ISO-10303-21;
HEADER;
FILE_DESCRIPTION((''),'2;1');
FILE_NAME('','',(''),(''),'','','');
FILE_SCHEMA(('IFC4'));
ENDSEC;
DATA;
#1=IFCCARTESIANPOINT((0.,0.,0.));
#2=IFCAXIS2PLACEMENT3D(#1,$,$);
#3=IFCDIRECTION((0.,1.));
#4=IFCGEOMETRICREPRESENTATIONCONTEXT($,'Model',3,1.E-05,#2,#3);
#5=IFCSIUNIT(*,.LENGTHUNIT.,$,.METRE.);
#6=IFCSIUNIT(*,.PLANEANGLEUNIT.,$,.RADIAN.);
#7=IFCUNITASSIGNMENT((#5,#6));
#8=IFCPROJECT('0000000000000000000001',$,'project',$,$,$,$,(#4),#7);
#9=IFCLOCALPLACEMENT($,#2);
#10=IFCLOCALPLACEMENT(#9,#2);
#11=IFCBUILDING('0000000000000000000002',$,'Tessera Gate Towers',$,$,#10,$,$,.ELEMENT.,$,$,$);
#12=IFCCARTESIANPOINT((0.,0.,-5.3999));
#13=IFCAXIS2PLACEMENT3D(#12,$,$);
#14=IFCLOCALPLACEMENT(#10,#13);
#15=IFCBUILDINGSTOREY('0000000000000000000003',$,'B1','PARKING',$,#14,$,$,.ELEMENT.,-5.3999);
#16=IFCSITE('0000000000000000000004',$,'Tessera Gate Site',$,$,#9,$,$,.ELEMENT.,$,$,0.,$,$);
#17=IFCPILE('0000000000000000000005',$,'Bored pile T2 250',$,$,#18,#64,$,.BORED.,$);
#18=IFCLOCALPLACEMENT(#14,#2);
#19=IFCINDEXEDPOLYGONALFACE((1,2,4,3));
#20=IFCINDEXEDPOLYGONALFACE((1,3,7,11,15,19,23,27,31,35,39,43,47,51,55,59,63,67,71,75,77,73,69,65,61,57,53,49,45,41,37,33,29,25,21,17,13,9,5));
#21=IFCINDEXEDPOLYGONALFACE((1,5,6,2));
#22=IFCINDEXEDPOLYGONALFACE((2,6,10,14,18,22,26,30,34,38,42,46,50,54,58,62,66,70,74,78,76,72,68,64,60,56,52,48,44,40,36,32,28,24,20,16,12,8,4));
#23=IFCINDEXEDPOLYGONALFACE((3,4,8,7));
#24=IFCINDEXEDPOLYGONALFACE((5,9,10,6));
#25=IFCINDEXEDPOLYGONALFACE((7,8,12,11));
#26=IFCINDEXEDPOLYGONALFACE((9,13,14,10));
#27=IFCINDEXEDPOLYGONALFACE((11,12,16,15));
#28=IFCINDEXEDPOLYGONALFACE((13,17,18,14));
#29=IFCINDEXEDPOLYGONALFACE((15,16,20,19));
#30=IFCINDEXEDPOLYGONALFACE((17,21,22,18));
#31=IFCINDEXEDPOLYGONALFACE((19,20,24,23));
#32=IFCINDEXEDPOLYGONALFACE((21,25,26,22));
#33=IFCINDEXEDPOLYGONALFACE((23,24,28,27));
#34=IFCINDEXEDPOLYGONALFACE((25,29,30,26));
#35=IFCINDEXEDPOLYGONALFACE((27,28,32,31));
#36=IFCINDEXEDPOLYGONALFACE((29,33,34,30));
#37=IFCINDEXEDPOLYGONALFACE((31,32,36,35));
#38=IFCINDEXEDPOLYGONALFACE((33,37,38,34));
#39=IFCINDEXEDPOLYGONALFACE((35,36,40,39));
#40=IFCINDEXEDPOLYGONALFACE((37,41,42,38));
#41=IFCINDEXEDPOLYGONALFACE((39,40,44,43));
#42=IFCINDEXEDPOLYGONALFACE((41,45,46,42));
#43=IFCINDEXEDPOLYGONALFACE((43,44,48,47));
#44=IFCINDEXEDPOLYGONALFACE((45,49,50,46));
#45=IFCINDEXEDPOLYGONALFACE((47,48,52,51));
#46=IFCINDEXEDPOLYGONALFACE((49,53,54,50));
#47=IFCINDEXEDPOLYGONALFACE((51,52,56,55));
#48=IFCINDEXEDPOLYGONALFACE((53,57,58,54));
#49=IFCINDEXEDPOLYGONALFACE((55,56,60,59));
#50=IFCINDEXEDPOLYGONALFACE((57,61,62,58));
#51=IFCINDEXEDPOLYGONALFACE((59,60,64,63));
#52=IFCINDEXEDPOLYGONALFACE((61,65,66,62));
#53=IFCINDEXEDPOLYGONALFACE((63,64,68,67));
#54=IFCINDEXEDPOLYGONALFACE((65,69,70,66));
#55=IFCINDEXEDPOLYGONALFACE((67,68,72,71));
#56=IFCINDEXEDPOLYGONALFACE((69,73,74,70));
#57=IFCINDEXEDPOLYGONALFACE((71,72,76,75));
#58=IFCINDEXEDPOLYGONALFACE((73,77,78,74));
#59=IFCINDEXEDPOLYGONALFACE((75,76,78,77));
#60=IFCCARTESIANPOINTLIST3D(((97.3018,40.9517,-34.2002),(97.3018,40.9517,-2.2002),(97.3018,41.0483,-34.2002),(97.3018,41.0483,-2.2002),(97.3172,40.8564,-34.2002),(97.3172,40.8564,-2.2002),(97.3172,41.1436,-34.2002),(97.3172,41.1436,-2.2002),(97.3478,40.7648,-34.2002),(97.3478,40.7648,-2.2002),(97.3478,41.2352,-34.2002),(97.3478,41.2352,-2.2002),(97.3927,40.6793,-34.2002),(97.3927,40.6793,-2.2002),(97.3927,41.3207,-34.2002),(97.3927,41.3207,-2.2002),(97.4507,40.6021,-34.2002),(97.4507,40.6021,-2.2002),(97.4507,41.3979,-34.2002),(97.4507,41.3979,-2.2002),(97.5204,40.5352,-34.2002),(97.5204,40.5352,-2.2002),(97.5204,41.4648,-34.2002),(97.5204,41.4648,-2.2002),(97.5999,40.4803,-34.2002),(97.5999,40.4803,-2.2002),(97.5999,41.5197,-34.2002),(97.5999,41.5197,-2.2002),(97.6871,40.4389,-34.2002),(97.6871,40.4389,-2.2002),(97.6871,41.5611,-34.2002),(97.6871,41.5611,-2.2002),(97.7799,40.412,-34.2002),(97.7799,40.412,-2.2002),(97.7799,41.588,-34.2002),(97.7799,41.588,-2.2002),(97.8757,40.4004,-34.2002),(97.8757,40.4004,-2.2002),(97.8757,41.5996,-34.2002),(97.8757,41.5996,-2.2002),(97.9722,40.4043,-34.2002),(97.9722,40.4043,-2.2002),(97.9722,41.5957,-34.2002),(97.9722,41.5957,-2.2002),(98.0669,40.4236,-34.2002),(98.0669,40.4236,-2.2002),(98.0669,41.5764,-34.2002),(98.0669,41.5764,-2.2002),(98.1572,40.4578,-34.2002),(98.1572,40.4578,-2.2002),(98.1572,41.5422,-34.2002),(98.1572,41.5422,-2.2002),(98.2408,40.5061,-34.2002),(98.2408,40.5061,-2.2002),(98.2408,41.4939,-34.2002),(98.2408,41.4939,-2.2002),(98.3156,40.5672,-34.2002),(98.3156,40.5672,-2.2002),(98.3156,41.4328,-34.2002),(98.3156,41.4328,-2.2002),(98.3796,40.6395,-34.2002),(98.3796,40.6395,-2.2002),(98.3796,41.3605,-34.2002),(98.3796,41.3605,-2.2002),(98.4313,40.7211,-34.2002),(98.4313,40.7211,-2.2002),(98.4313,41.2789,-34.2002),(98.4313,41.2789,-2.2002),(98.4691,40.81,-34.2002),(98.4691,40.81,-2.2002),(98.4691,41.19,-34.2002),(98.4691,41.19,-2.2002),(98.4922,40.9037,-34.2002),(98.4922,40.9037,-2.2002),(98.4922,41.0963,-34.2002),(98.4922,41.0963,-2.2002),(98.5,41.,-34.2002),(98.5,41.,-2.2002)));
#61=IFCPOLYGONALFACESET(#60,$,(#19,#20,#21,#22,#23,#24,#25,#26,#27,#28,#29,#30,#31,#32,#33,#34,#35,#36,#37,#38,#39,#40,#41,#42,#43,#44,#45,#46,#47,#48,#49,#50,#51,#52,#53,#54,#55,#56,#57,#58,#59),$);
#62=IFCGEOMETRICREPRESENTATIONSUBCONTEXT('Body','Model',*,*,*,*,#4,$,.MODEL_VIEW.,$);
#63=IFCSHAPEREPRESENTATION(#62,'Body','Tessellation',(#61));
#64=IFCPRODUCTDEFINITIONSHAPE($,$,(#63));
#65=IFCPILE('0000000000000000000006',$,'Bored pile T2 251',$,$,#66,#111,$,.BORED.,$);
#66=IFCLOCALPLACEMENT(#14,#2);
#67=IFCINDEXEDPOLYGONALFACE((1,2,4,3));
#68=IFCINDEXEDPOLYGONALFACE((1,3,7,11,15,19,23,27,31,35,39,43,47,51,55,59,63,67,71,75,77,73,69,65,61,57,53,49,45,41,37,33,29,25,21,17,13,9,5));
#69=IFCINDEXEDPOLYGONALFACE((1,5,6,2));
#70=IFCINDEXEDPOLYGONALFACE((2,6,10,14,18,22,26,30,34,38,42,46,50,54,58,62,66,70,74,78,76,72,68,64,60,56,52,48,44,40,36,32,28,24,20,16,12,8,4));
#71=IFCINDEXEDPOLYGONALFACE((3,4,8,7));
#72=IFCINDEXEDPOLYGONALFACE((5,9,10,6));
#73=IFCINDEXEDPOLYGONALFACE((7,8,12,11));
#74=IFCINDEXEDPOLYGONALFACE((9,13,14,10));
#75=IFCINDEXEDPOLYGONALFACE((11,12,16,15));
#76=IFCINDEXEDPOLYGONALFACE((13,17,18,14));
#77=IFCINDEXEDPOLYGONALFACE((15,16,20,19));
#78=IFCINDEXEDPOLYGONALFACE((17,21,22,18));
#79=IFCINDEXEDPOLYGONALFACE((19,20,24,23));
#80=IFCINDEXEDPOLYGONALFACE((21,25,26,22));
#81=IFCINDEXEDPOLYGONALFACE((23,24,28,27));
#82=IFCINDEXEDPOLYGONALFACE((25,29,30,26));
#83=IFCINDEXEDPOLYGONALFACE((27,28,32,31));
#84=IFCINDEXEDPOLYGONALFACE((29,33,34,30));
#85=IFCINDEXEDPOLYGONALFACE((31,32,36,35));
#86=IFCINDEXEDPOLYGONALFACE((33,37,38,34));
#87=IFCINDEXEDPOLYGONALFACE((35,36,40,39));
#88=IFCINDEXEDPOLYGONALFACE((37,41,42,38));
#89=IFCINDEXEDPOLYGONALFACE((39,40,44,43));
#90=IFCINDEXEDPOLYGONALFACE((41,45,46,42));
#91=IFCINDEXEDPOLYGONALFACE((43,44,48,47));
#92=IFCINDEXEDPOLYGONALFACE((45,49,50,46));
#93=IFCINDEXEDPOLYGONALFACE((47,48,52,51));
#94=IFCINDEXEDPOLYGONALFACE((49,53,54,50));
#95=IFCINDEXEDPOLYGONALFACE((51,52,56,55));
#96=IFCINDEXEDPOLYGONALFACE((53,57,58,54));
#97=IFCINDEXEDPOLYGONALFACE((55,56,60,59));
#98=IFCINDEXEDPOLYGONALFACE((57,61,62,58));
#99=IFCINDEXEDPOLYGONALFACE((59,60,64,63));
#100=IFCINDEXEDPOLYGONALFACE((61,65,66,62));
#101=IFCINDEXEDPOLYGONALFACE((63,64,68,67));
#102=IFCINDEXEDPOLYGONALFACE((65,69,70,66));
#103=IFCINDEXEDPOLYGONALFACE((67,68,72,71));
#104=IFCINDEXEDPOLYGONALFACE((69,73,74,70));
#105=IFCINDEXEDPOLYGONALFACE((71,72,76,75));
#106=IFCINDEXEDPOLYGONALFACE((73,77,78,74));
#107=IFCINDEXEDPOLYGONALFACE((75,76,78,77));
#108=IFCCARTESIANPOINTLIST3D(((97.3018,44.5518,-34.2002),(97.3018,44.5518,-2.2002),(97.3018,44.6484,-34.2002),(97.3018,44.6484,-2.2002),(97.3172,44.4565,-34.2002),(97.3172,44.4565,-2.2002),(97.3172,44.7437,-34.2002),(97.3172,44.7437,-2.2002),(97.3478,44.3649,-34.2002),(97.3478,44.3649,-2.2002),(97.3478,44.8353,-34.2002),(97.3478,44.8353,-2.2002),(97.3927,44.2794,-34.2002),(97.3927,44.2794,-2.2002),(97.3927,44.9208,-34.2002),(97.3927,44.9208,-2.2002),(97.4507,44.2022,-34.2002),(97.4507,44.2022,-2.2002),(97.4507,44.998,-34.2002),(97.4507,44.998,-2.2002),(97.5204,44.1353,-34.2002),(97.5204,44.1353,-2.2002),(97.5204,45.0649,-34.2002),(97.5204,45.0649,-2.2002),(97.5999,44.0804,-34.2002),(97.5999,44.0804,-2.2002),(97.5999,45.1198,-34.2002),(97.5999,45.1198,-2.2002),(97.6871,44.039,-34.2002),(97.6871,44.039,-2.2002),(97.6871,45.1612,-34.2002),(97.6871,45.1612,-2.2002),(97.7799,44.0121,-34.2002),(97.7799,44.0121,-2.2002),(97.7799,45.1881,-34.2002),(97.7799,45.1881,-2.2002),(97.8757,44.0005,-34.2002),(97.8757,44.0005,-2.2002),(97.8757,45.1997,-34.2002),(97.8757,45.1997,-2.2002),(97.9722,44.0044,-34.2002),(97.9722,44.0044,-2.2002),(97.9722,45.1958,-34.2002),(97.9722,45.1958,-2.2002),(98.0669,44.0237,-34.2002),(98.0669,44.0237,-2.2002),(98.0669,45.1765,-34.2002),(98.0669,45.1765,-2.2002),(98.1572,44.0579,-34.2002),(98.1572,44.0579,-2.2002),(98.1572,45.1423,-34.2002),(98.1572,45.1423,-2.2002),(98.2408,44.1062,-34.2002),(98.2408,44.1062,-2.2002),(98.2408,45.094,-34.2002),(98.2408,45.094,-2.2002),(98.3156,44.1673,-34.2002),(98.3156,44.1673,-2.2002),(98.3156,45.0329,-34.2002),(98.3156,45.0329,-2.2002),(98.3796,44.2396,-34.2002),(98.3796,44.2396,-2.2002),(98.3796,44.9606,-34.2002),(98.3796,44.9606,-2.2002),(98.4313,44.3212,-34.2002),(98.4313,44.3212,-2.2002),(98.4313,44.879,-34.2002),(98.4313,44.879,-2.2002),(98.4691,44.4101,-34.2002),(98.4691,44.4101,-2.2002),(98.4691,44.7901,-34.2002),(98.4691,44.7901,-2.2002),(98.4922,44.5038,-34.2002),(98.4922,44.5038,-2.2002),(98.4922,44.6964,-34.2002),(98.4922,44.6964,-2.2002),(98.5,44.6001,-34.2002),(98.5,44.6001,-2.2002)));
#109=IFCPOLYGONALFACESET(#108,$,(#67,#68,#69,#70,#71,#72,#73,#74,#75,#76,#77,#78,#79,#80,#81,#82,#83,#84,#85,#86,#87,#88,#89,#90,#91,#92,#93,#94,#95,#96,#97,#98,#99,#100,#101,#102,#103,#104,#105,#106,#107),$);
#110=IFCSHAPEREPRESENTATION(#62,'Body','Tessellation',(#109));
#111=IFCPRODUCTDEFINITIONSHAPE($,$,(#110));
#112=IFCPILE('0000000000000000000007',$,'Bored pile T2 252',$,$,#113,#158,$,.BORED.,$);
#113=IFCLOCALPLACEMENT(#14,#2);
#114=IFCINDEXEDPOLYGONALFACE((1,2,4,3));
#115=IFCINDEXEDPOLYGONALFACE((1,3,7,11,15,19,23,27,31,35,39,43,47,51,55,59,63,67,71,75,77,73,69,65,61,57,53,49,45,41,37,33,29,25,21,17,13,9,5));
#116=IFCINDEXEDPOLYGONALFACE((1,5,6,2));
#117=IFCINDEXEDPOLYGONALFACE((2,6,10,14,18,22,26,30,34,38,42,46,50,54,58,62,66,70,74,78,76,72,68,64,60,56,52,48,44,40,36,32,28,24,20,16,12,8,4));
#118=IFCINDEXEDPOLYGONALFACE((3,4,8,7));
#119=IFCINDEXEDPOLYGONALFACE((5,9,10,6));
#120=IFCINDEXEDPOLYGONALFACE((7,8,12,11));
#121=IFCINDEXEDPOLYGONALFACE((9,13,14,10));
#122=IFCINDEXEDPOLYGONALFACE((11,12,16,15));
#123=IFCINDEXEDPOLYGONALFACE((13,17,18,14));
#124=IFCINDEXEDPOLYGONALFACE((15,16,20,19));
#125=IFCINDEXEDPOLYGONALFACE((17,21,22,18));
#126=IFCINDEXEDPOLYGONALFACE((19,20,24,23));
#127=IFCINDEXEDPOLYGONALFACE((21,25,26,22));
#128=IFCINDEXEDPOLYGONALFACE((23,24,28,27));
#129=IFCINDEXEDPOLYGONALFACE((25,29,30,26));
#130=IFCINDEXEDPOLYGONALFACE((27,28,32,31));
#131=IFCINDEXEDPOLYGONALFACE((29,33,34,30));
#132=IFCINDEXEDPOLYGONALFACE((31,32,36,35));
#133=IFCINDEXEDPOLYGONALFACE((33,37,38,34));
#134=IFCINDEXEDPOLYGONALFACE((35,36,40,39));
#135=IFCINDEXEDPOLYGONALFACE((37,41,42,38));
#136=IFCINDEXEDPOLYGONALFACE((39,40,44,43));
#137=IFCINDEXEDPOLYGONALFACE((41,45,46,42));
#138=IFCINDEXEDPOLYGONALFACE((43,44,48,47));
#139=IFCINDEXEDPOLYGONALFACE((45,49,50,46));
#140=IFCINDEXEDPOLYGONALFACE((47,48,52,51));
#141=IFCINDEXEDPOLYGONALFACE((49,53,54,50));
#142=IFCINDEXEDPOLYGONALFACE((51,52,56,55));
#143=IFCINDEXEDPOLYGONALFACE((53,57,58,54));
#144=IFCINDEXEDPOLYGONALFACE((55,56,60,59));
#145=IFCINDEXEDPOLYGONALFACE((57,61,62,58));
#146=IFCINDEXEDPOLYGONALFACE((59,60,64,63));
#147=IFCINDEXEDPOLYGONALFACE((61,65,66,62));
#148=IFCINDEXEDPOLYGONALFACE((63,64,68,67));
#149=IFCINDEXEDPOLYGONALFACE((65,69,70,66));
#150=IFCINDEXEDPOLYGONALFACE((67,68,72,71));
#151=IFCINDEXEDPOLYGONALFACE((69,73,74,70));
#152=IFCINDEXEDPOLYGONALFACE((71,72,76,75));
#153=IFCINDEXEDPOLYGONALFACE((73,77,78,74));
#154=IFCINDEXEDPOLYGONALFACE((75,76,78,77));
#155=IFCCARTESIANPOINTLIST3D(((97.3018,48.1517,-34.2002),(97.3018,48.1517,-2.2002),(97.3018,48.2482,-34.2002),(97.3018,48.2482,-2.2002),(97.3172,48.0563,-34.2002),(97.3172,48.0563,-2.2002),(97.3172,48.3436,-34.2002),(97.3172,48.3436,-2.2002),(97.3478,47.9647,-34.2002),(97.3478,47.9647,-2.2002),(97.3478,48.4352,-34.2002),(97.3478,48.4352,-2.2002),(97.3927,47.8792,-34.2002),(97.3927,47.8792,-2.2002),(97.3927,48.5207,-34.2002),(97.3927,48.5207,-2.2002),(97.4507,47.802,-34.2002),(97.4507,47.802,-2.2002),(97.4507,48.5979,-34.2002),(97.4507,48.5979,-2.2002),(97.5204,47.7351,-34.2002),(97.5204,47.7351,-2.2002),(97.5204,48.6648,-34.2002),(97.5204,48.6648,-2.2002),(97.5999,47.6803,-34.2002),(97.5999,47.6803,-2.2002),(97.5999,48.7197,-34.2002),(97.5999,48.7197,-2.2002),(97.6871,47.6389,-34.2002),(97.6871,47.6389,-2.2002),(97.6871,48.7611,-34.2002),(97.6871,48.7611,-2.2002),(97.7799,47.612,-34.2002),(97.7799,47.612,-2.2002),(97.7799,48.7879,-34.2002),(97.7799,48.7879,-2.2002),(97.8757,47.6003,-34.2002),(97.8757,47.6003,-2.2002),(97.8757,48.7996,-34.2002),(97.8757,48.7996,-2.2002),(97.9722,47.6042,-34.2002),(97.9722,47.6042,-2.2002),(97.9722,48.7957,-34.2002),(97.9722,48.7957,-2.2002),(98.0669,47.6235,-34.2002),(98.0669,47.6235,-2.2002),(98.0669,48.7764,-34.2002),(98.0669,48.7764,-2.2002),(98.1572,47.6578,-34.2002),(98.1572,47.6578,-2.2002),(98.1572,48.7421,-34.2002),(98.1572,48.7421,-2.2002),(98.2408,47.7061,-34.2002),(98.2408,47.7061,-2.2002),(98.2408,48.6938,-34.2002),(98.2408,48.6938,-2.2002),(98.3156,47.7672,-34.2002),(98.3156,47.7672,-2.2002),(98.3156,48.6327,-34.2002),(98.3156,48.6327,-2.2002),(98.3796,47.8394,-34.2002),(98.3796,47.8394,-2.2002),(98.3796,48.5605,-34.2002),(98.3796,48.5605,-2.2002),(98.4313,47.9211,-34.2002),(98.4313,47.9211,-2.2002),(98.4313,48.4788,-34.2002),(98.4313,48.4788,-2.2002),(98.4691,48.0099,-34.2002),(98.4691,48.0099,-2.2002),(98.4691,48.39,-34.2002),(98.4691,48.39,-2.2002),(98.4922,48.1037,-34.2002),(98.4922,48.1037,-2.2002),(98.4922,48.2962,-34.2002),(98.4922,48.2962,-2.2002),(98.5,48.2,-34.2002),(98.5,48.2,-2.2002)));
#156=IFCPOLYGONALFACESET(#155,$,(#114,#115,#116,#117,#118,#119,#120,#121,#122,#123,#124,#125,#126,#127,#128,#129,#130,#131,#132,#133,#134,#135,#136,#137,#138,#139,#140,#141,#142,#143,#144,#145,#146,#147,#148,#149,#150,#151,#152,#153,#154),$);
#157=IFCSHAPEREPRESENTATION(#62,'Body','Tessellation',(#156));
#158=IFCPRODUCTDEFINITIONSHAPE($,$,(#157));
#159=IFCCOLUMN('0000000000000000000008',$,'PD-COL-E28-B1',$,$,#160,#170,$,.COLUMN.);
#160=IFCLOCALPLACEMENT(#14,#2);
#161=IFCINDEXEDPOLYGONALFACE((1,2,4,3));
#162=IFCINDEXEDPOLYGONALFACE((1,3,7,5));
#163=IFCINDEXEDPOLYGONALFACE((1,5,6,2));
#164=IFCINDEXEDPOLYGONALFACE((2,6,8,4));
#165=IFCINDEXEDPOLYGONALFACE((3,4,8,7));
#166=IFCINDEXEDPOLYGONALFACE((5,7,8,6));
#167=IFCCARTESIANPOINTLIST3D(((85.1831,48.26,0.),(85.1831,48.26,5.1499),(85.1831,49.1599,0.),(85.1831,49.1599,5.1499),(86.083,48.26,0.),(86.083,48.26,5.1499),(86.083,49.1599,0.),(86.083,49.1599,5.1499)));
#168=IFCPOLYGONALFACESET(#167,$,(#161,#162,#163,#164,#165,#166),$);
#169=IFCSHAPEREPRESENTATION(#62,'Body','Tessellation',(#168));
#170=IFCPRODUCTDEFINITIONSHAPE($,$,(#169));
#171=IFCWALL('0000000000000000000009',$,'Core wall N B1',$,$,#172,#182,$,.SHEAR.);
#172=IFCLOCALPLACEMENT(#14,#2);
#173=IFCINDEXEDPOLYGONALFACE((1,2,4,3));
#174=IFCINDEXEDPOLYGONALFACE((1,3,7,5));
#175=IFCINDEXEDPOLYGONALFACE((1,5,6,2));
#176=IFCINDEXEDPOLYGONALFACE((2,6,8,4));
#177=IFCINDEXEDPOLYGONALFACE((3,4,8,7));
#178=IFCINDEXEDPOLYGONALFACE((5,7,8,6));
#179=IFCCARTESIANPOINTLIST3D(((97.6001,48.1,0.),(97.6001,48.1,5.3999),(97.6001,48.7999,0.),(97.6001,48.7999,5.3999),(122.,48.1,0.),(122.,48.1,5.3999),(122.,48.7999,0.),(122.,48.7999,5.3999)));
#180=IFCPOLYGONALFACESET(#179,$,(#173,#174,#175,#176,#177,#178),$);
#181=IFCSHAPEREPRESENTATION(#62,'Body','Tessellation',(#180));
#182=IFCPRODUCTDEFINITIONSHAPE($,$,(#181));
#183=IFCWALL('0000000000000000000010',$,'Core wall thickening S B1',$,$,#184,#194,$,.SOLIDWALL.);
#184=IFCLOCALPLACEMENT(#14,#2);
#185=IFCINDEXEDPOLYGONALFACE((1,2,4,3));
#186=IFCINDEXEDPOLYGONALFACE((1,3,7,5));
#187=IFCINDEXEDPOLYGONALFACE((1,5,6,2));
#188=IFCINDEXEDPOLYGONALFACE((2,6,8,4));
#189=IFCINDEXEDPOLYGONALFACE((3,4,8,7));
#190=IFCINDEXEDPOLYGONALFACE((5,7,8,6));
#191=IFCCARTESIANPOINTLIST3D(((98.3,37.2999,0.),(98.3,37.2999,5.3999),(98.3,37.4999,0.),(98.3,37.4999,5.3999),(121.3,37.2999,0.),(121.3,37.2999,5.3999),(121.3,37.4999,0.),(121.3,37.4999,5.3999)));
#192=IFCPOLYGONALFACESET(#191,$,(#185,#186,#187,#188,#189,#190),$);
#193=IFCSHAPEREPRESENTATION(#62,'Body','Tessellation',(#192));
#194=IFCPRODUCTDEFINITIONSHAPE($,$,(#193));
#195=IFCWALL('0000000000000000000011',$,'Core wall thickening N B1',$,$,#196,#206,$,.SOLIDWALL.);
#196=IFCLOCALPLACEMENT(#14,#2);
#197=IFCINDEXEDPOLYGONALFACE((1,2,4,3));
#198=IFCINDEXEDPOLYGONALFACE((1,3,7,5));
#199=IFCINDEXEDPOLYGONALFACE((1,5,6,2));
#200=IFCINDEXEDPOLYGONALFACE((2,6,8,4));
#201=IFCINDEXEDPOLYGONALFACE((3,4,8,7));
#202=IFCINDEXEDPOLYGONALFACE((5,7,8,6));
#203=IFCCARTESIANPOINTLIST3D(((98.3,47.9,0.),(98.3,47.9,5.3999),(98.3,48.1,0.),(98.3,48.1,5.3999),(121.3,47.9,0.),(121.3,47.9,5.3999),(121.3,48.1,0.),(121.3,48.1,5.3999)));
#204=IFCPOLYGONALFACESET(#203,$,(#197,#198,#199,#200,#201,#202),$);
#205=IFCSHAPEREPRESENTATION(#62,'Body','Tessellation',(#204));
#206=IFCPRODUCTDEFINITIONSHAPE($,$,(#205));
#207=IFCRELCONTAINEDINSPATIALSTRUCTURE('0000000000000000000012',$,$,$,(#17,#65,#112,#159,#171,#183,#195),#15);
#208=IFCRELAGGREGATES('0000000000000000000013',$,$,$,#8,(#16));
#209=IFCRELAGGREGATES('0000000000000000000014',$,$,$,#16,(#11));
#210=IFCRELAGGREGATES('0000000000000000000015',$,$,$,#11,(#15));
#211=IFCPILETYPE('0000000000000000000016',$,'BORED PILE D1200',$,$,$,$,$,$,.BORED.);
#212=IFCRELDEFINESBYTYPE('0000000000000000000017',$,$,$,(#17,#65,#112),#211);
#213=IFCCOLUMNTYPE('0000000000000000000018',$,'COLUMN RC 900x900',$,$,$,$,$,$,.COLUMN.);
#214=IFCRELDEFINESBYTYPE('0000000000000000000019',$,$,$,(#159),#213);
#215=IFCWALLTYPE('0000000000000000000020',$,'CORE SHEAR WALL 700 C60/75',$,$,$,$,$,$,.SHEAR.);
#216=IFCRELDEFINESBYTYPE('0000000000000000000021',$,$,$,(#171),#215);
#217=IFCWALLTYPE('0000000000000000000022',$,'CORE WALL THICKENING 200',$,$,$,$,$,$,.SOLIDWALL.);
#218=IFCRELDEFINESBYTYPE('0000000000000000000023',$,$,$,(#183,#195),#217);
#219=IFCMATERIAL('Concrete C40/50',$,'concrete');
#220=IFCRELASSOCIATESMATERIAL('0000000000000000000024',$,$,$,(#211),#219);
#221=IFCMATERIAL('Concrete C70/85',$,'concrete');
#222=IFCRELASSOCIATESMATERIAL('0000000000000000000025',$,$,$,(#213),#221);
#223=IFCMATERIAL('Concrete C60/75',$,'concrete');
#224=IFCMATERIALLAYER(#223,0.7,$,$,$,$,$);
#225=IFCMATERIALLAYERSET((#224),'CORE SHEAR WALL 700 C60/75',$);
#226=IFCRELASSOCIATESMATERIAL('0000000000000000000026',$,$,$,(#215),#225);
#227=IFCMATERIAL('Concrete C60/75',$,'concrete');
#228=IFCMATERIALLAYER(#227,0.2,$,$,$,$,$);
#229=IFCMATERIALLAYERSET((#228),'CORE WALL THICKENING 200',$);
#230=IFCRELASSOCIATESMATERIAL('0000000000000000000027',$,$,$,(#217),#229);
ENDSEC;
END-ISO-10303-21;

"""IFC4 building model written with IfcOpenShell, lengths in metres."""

from ifc_helpers import new_model, si_unit, direction, frame, frame_2d, origin, origin_2d, place, context, subcontext, project, spatial, rectangle, circle, extrude, material, layer, layer_set, material_profile, profile_set, type_object, element, save


model = new_model("IFC4")

# Units and contexts
model_context = context("Model", 3, precision=1e-05, world=origin(), true_north=direction((0.0, 1.0)))
body_context = subcontext(model_context, "Body", "Model", "MODEL_VIEW")
ifc_project = project(units=[si_unit("LENGTHUNIT", "METRE"), si_unit("PLANEANGLEUNIT", "RADIAN")], contexts=[model_context])

# Site, building, storey
site_placement = place(None, origin())
site = spatial("IfcSite", under=ifc_project, at=site_placement, Name="Tessera Gate Site", CompositionType="ELEMENT", RefElevation=0.0)
building_placement = place(site_placement, origin())
building = spatial("IfcBuilding", under=site, at=building_placement, Name="Tessera Gate Towers", CompositionType="ELEMENT")
storey_placement = place(building_placement, frame((0.0, 0.0, -5.3999)))
storey = spatial("IfcBuildingStorey", under=building, at=storey_placement, Name="B1", Description="PARKING", CompositionType="ELEMENT", Elevation=-5.3999)

# Piles
ifc_material_1 = material(Name="Concrete C40/50", Category="concrete")
ifc_material_profile_1 = material_profile(ifc_material_1, circle(Radius=0.6001, at=origin_2d()), Name="BORED PILE D1200")
ifc_profile_set_1 = profile_set([ifc_material_profile_1], Name="Concrete C40/50")
pile_type = type_object("IfcPileType", Name="BORED PILE D1200", PredefinedType="BORED", material=ifc_profile_set_1)
for number, where, z_axis, x_axis, name in (
    (1, (97.8999, 41.0, -2.2002), (0.0, 0.0, -1.0), (1.0, 0.0, 0.0), "Bored pile T2 250"),
    (2, (97.8999, 44.6001, -2.2002), (0.0, 0.0, -1.0), (1.0, 0.0, 0.0), "Bored pile T2 251"),
    (3, (97.8999, 48.2, -2.2002), (0.0, 0.0, -1.0), (1.0, 0.0, 0.0), "Bored pile T2 252"),
):
    element("IfcPile", number, at=place(storey_placement, frame(where, z_axis=z_axis, x_axis=x_axis)), inside=storey, type_object=pile_type, Name=name, PredefinedType="BORED", context=body_context, shape_type="SweptSolid", body=[
        extrude(circle(Radius=0.6001, at=origin_2d()), origin(), (0.0, 0.0, 1.0), 32.0),
    ])

# Column
ifc_material_2 = material(Name="Concrete C70/85", Category="concrete")
ifc_material_profile_2 = material_profile(ifc_material_2, rectangle(XDim=0.8999, YDim=0.8999, at=origin_2d()), Name="RC 900x900")
ifc_profile_set_2 = profile_set([ifc_material_profile_2], Name="Concrete C70/85")
column_type = type_object("IfcColumnType", Name="COLUMN RC 900x900", PredefinedType="COLUMN", material=ifc_profile_set_2)
column_placement = place(storey_placement, frame((85.6331, 48.71, 0.0), z_axis=(0.0, 0.0, 1.0), x_axis=(1.0, 0.0, 0.0)))
element("IfcColumn", 4, at=column_placement, inside=storey, type_object=column_type, Name="PD-COL-E28-B1", PredefinedType="COLUMN", context=body_context, shape_type="SweptSolid", body=[
    extrude(rectangle(XDim=0.8999, YDim=0.8999, at=origin_2d()), origin(), (0.0, 0.0, 1.0), 5.1499),
])

# Walls
ifc_material_3 = material(Name="Concrete C60/75", Category="concrete")
ifc_layer_1 = layer(ifc_material_3, 0.7)
ifc_layer_set_1 = layer_set([ifc_layer_1], Name="CORE SHEAR WALL 700 C60/75")
wall_type_1 = type_object("IfcWallType", Name="CORE SHEAR WALL 700 C60/75", PredefinedType="SHEAR", material=ifc_layer_set_1)
wall_1_placement = place(storey_placement, frame((97.6001, 48.45, 0.0), z_axis=(0.0, 0.0, 1.0), x_axis=(1.0, 0.0, 0.0)))
element("IfcWall", 5, at=wall_1_placement, inside=storey, type_object=wall_type_1, Name="Core wall N B1", PredefinedType="SHEAR", context=body_context, shape_type="SweptSolid", body=[
    extrude(rectangle(XDim=24.3999, YDim=0.7, at=frame_2d((12.2, 0.0))), origin(), (0.0, 0.0, 1.0), 5.3999),
])
ifc_material_4 = material(Name="Concrete C60/75", Category="concrete")
ifc_layer_2 = layer(ifc_material_4, 0.2)
ifc_layer_set_2 = layer_set([ifc_layer_2], Name="CORE WALL THICKENING 200")
wall_type_2 = type_object("IfcWallType", Name="CORE WALL THICKENING 200", PredefinedType="SOLIDWALL", material=ifc_layer_set_2)
for number, where, z_axis, x_axis, name in (
    (6, (98.3, 37.3999, 0.0), (0.0, 0.0, 1.0), (1.0, 0.0, 0.0), "Core wall thickening S B1"),
    (7, (98.3, 48.0, 0.0), (0.0, 0.0, 1.0), (1.0, 0.0, 0.0), "Core wall thickening N B1"),
):
    element("IfcWall", number, at=place(storey_placement, frame(where, z_axis=z_axis, x_axis=x_axis)), inside=storey, type_object=wall_type_2, Name=name, PredefinedType="SOLIDWALL", context=body_context, shape_type="SweptSolid", body=[
        extrude(rectangle(XDim=23.0, YDim=0.2, at=frame_2d((11.5, 0.0))), origin(), (0.0, 0.0, 1.0), 5.3999),
    ])

save(model, "model.ifc")
